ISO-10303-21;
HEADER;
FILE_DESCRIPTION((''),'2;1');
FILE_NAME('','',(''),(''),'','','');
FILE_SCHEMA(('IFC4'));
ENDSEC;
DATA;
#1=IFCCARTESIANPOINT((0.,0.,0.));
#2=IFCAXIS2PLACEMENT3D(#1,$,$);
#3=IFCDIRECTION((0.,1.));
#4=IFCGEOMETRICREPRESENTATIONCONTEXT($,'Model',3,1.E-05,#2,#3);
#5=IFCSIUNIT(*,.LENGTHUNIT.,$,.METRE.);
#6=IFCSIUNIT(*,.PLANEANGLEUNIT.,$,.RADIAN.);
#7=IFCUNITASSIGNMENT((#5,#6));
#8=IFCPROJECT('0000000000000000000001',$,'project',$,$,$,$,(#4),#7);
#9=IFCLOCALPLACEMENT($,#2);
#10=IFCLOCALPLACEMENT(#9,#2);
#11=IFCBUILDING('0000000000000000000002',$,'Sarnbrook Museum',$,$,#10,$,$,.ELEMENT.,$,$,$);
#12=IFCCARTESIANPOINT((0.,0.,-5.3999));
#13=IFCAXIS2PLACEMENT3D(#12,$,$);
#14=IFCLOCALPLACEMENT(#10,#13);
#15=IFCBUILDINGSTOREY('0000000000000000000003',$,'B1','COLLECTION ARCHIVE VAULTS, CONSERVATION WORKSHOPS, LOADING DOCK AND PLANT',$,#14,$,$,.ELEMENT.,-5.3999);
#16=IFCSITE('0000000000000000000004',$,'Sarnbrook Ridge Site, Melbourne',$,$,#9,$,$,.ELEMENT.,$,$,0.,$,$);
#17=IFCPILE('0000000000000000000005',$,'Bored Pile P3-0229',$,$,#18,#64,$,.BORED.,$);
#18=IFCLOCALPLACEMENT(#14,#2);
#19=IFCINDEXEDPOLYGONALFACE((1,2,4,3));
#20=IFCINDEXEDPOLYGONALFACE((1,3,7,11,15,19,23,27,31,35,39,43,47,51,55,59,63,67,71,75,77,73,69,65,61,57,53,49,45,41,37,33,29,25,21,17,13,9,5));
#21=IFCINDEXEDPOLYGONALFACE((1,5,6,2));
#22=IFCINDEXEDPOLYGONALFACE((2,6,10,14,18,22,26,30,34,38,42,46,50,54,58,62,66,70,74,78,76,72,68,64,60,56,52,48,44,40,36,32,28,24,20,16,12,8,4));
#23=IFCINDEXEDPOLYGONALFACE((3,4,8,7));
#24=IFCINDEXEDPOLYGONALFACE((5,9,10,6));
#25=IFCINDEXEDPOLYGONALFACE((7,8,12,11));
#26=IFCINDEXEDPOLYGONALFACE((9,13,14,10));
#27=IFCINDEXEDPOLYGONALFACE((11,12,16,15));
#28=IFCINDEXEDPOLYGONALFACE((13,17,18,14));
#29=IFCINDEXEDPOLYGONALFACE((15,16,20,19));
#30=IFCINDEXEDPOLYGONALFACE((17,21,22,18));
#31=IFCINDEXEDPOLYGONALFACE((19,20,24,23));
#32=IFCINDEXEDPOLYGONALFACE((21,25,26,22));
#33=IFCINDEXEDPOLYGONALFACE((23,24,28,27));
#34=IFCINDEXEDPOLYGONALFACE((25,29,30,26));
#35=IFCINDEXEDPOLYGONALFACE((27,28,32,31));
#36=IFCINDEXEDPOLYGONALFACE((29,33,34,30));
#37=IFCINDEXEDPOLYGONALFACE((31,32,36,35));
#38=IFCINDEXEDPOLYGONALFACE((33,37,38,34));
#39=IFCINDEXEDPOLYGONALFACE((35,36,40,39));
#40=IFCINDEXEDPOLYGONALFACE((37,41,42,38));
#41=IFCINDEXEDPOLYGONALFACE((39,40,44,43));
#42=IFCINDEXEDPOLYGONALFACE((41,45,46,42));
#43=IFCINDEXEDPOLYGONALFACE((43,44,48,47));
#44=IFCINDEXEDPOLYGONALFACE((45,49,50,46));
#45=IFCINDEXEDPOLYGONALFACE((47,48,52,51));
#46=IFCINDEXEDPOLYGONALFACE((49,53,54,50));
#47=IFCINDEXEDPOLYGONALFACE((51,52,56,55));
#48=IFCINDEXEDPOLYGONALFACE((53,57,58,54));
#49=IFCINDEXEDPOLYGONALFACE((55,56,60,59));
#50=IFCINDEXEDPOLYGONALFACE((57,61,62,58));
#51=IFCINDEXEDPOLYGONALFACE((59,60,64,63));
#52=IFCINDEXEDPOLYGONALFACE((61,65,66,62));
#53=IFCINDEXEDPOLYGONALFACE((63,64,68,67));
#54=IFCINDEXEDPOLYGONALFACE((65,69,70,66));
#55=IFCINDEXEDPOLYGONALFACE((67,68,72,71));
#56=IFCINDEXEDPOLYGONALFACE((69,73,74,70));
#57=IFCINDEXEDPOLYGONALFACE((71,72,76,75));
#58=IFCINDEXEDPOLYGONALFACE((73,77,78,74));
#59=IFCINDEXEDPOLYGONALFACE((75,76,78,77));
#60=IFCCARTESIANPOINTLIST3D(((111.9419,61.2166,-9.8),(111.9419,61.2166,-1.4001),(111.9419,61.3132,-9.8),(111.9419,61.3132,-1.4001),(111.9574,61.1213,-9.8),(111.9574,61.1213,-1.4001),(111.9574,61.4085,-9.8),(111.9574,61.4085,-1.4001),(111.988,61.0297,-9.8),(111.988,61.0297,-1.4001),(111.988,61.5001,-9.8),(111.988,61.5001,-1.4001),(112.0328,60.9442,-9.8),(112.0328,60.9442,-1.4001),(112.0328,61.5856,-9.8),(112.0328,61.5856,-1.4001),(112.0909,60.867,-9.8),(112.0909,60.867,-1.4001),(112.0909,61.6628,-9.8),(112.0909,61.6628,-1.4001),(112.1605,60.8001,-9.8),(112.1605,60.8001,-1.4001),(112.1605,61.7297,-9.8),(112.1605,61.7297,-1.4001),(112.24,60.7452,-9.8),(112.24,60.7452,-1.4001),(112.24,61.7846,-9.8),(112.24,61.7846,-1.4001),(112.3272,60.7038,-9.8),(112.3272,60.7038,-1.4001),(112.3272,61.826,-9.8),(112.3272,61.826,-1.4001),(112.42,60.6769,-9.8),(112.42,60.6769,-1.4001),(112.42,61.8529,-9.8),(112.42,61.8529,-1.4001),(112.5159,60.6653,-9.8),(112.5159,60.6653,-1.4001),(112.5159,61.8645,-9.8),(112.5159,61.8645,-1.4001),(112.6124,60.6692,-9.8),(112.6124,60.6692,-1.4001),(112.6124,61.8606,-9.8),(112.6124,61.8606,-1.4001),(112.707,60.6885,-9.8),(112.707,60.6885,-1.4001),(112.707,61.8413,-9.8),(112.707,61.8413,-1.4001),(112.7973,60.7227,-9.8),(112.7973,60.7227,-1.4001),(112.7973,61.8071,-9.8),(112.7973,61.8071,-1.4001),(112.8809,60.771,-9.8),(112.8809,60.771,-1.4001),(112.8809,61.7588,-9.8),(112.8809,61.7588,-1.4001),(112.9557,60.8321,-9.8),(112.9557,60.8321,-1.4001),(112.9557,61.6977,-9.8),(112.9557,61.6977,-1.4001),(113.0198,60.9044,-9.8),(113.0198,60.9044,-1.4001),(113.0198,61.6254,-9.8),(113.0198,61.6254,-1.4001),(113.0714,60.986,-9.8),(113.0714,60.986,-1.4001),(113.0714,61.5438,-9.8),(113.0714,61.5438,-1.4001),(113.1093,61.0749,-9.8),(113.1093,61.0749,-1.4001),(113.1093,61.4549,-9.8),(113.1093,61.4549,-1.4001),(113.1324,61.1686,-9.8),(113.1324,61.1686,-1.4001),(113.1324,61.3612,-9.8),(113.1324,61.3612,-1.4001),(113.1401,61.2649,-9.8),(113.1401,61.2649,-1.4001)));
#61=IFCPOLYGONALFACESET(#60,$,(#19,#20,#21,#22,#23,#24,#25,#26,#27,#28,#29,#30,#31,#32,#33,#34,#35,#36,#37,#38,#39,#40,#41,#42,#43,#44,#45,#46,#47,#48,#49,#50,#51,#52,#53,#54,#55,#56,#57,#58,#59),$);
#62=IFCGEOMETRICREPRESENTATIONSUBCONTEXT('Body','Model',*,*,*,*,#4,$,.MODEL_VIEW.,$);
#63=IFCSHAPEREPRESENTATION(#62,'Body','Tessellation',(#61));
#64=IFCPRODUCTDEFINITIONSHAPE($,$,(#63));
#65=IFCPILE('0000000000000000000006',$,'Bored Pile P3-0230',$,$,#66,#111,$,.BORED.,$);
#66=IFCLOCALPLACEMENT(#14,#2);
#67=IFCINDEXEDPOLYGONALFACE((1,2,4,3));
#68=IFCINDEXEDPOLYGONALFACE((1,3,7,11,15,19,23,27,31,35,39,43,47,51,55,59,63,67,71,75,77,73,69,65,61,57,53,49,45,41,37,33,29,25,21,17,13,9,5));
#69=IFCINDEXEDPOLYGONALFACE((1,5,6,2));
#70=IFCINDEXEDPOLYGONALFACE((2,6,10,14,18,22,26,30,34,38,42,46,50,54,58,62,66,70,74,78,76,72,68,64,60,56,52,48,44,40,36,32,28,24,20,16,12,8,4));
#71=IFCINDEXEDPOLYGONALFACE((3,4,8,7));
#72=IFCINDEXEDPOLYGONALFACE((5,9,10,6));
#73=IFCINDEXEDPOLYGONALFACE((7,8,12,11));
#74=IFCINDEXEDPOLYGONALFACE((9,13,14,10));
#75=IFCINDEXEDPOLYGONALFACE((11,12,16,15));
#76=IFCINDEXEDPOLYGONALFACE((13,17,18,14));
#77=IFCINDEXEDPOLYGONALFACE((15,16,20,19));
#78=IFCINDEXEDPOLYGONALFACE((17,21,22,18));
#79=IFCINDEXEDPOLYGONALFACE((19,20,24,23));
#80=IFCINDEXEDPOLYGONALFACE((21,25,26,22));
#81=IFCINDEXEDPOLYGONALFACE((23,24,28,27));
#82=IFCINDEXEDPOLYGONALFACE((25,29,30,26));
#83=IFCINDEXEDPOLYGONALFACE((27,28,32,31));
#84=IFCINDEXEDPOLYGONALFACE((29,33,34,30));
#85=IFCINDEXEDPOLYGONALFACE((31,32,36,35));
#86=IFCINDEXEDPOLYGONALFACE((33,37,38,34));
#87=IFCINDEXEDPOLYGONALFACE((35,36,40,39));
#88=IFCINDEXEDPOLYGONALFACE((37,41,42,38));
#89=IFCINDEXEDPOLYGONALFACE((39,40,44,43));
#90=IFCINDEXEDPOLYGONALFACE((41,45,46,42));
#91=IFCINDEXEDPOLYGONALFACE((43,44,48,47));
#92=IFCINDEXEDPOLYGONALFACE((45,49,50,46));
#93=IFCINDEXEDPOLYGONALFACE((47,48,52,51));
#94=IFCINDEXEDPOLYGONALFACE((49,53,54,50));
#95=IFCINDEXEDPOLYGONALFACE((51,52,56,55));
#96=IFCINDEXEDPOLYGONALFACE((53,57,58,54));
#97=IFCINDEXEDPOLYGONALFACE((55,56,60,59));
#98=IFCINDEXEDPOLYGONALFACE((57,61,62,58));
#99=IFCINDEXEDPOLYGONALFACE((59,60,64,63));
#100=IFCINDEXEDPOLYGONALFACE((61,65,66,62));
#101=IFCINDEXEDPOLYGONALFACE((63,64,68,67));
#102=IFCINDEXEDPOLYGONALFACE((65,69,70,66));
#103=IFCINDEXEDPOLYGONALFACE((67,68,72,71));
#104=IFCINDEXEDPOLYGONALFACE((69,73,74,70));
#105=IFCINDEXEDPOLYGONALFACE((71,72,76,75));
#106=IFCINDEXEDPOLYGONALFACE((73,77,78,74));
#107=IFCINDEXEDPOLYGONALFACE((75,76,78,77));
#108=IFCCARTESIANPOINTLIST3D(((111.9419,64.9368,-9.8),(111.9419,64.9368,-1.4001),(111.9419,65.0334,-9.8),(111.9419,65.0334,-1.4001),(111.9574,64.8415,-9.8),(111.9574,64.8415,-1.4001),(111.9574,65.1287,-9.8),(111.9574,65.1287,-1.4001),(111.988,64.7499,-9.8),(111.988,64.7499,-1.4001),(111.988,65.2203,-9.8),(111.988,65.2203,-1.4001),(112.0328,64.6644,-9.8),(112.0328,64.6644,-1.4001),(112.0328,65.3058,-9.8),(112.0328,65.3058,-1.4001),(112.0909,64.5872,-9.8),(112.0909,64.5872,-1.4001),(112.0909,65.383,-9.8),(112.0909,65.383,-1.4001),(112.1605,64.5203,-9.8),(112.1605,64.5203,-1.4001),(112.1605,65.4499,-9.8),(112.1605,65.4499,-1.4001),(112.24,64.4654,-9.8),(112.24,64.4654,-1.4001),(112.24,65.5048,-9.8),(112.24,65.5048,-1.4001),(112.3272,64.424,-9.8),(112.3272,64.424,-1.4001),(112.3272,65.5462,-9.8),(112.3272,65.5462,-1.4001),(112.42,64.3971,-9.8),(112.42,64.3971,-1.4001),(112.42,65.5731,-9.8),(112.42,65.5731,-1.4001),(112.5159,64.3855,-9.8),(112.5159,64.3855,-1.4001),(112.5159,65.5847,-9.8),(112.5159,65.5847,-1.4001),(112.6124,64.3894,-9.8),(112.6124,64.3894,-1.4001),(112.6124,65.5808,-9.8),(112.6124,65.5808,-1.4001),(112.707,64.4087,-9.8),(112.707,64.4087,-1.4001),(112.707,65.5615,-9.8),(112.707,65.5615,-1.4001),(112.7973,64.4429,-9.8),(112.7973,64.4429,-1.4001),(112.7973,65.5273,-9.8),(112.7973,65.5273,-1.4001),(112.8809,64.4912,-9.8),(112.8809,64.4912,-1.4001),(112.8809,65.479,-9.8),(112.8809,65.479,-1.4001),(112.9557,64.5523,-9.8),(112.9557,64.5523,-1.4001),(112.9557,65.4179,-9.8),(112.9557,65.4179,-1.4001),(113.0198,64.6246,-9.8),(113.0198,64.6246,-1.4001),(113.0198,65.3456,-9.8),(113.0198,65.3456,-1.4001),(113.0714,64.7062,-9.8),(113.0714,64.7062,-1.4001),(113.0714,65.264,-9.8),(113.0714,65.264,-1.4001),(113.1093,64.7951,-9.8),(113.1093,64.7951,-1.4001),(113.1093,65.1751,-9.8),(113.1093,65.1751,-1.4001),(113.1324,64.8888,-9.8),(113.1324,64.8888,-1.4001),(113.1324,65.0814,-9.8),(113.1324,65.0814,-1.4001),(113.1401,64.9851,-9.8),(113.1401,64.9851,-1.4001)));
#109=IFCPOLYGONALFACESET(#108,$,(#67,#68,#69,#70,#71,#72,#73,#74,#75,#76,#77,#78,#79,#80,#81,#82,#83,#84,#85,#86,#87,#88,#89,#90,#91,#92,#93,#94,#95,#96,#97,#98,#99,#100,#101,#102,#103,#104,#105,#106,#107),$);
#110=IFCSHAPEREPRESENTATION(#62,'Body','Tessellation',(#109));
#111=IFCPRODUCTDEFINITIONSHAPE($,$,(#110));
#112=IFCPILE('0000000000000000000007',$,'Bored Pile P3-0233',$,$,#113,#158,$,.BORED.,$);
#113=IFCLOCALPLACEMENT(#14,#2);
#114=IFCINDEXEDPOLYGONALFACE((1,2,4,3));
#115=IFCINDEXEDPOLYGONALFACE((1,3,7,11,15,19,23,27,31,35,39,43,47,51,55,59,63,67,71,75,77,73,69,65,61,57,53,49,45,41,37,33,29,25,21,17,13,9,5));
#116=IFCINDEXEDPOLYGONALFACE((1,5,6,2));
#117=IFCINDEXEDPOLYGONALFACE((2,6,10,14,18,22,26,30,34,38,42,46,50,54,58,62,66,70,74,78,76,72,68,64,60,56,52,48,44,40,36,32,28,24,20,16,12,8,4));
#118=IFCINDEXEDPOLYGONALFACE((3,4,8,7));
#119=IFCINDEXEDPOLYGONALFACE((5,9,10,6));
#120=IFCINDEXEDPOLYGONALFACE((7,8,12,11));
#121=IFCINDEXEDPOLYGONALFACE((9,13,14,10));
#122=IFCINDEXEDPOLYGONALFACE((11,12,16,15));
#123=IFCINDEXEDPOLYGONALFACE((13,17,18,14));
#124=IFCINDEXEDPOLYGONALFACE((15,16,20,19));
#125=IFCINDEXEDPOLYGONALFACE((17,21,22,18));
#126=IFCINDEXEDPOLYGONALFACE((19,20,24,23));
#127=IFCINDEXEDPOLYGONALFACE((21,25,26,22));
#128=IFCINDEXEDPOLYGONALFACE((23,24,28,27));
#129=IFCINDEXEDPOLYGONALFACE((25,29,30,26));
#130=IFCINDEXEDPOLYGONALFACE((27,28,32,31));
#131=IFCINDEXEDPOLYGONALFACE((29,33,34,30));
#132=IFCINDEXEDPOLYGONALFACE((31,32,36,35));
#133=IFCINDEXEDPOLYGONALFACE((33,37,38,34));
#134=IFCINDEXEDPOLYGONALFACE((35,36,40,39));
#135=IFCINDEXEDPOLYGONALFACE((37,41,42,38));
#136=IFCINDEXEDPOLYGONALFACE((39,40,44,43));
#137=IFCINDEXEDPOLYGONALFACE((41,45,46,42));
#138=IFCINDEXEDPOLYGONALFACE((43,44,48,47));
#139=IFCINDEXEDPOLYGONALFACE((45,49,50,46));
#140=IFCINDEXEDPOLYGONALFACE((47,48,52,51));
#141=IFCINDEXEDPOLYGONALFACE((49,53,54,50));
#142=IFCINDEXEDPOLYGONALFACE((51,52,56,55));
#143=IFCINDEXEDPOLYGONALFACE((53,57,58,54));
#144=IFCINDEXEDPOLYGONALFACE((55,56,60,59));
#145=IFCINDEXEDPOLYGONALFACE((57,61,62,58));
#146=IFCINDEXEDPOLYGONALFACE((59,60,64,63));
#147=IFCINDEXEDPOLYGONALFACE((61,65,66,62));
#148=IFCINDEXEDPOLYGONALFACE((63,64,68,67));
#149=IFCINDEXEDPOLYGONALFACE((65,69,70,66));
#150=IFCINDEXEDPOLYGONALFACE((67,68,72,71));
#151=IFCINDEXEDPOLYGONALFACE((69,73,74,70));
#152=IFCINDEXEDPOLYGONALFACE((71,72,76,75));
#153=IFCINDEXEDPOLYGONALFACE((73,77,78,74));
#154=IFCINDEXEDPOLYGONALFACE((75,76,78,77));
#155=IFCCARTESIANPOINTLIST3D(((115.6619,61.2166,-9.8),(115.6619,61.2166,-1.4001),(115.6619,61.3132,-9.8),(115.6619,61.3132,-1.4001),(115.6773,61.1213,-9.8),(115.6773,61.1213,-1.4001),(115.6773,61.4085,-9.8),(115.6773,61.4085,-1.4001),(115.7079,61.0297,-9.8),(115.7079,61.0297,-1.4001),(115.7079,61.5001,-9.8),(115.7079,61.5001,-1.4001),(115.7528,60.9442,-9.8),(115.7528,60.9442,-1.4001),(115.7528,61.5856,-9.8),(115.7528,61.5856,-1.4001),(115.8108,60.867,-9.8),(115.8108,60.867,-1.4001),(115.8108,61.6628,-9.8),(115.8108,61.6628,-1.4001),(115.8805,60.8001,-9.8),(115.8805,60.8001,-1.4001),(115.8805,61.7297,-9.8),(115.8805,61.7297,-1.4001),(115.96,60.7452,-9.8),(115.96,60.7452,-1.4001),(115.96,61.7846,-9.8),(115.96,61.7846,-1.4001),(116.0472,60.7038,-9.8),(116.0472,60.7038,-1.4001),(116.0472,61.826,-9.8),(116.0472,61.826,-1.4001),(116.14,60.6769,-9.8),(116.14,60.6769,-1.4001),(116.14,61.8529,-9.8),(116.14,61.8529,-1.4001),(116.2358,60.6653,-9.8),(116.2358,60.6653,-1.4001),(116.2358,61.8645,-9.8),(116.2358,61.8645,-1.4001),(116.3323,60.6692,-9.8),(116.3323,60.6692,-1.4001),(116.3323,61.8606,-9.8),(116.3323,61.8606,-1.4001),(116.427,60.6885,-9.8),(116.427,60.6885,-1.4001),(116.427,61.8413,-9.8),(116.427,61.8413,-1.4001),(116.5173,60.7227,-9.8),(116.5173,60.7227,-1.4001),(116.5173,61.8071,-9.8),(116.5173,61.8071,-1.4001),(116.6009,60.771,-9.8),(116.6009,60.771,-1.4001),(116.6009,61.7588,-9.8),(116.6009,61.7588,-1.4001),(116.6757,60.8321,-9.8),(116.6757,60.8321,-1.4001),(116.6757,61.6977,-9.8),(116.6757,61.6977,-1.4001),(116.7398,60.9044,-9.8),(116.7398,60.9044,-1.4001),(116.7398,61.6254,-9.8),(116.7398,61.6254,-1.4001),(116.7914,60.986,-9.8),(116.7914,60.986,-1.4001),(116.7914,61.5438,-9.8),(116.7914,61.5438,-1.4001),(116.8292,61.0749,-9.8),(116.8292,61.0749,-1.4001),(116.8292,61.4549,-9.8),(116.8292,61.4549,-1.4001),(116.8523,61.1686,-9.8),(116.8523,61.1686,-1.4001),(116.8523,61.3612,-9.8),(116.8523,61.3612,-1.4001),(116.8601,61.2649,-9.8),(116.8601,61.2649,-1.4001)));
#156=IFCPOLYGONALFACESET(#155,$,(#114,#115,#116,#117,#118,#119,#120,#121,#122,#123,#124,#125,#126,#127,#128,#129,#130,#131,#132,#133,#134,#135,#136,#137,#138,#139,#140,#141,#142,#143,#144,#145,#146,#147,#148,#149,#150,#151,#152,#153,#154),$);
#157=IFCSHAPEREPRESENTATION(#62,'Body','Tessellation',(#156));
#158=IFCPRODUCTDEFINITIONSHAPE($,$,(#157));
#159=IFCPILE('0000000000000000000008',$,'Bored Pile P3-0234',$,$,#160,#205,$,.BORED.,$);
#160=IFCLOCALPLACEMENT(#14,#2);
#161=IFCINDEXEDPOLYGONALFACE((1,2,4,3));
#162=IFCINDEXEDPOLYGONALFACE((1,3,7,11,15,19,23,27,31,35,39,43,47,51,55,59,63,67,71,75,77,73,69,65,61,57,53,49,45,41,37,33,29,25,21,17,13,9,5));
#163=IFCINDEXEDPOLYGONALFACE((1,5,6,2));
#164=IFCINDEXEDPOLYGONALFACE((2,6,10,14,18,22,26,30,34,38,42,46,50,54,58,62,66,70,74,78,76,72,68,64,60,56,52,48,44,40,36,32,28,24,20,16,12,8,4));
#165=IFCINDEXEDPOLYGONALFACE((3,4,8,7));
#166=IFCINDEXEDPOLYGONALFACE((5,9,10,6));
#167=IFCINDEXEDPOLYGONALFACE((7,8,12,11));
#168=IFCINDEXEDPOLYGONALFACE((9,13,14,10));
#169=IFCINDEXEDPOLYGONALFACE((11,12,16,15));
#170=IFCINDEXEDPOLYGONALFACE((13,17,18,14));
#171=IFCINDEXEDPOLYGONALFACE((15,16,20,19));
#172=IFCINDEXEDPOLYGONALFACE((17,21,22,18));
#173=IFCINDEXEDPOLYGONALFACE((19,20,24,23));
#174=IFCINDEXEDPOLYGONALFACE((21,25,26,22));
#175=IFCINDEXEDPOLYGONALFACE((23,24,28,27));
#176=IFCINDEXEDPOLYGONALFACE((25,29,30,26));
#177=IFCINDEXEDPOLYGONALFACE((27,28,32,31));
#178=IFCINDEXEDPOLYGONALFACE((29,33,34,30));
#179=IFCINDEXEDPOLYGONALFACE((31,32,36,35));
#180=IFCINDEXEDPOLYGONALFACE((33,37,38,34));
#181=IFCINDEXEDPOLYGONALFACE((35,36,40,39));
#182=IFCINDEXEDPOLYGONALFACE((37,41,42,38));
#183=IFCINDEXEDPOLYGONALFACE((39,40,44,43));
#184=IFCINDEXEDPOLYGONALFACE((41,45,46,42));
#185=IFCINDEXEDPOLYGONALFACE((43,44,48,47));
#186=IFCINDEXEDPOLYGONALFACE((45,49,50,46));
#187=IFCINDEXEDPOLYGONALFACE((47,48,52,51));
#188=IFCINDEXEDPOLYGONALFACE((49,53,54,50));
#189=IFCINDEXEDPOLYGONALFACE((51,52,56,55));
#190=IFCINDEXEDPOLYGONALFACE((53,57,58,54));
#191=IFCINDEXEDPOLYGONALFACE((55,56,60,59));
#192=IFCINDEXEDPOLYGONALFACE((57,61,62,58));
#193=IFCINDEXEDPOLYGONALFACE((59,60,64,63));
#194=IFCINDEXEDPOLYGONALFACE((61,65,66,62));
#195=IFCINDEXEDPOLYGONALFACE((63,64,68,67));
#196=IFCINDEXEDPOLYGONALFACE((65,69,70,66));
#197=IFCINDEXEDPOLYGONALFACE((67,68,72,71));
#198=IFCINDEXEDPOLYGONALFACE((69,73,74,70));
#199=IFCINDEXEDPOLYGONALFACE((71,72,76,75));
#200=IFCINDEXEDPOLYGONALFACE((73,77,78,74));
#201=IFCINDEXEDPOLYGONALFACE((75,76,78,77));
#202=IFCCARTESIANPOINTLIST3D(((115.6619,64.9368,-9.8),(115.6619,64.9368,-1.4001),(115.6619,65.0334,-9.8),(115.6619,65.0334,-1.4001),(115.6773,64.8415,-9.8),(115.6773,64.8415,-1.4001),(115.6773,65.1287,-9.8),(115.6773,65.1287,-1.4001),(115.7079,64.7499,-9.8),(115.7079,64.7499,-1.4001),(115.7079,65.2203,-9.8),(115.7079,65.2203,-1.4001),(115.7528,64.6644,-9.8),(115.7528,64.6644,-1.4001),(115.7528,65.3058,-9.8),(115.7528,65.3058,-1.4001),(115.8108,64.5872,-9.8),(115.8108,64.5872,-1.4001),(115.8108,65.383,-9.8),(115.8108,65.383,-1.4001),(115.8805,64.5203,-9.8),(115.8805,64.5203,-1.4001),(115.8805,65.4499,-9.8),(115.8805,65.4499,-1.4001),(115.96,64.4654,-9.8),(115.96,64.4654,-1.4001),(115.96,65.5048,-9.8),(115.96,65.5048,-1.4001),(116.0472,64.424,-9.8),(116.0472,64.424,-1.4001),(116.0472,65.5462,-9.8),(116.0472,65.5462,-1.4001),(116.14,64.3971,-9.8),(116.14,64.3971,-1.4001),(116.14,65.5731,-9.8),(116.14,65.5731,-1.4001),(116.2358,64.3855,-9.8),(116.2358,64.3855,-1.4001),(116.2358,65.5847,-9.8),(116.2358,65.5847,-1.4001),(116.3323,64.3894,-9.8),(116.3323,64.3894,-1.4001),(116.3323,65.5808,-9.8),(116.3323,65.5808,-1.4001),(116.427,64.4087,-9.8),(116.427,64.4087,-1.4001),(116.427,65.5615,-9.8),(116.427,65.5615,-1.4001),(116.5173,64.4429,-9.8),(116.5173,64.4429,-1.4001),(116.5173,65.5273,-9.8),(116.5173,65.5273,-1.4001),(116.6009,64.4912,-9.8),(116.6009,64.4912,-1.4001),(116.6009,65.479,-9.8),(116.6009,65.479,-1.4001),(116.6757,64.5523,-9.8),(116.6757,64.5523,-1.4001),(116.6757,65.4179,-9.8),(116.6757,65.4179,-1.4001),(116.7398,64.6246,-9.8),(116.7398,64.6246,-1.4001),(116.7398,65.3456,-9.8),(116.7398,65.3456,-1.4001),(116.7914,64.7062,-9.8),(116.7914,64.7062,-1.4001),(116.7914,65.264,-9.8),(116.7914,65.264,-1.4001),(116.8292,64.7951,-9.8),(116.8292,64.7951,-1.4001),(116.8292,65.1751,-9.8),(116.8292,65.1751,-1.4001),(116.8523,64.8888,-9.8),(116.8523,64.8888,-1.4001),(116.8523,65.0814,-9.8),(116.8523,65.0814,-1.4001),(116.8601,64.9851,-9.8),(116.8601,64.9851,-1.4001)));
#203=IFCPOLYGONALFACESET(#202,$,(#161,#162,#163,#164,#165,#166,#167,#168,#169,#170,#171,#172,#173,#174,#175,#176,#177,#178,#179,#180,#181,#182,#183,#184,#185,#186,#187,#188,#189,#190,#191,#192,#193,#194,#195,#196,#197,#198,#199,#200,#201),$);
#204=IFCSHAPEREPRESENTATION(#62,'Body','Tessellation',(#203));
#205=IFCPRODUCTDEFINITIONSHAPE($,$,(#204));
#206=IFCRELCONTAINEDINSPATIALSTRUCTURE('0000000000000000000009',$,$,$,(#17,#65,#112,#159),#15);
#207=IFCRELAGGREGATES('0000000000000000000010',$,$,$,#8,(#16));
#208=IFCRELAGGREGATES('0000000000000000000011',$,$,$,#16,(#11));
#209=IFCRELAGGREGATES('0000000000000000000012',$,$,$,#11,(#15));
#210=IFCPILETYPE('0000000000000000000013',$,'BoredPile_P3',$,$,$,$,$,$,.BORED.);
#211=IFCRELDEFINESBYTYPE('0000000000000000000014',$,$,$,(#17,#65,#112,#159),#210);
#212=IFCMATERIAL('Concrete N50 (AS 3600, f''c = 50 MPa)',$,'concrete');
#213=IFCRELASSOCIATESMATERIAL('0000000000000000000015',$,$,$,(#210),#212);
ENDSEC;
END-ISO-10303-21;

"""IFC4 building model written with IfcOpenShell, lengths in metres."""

from ifc_helpers import new_model, si_unit, direction, frame, origin, origin_2d, place, context, subcontext, project, spatial, circle, extrude, material, material_profile, profile_set, type_object, element, save


model = new_model("IFC4")

# Units and contexts
model_context = context("Model", 3, precision=1e-05, world=origin(), true_north=direction((0.0, 1.0)))
body_context = subcontext(model_context, "Body", "Model", "MODEL_VIEW")
ifc_project = project(units=[si_unit("LENGTHUNIT", "METRE"), si_unit("PLANEANGLEUNIT", "RADIAN")], contexts=[model_context])

# Site, building, storey
site_placement = place(None, origin())
site = spatial("IfcSite", under=ifc_project, at=site_placement, Name="Sarnbrook Ridge Site, Melbourne", CompositionType="ELEMENT", RefElevation=0.0)
building_placement = place(site_placement, origin())
building = spatial("IfcBuilding", under=site, at=building_placement, Name="Sarnbrook Museum", CompositionType="ELEMENT")
storey_placement = place(building_placement, frame((0.0, 0.0, -5.3999)))
storey = spatial("IfcBuildingStorey", under=building, at=storey_placement, Name="B1", Description="COLLECTION ARCHIVE VAULTS, CONSERVATION WORKSHOPS, LOADING DOCK AND PLANT", CompositionType="ELEMENT", Elevation=-5.3999)

# Piles
ifc_material_1 = material(Name="Concrete N50 (AS 3600, f'c = 50 MPa)", Category="concrete")
ifc_material_profile_1 = material_profile(ifc_material_1, circle(Radius=0.6001, at=origin_2d()), Name="BORED PILE D1200")
ifc_profile_set_1 = profile_set([ifc_material_profile_1], Name="Concrete N50 (AS 3600, f'c = 50 MPa)")
pile_type = type_object("IfcPileType", Name="BoredPile_P3", PredefinedType="BORED", material=ifc_profile_set_1)
for number, where, z_axis, x_axis, name in (
    (1, (112.54, 61.2649, -1.4001), (0.0, 0.0, -1.0), (1.0, 0.0, 0.0), "Bored Pile P3-0229"),
    (2, (112.54, 64.9851, -1.4001), (0.0, 0.0, -1.0), (1.0, 0.0, 0.0), "Bored Pile P3-0230"),
    (3, (116.26, 61.2649, -1.4001), (0.0, 0.0, -1.0), (1.0, 0.0, 0.0), "Bored Pile P3-0233"),
    (4, (116.26, 64.9851, -1.4001), (0.0, 0.0, -1.0), (1.0, 0.0, 0.0), "Bored Pile P3-0234"),
):
    element("IfcPile", number, at=place(storey_placement, frame(where, z_axis=z_axis, x_axis=x_axis)), inside=storey, type_object=pile_type, Name=name, PredefinedType="BORED", context=body_context, shape_type="SweptSolid", body=[
        extrude(circle(Radius=0.6001, at=origin_2d()), origin(), (0.0, 0.0, 1.0), 8.3999),
    ])

save(model, "model.ifc")
